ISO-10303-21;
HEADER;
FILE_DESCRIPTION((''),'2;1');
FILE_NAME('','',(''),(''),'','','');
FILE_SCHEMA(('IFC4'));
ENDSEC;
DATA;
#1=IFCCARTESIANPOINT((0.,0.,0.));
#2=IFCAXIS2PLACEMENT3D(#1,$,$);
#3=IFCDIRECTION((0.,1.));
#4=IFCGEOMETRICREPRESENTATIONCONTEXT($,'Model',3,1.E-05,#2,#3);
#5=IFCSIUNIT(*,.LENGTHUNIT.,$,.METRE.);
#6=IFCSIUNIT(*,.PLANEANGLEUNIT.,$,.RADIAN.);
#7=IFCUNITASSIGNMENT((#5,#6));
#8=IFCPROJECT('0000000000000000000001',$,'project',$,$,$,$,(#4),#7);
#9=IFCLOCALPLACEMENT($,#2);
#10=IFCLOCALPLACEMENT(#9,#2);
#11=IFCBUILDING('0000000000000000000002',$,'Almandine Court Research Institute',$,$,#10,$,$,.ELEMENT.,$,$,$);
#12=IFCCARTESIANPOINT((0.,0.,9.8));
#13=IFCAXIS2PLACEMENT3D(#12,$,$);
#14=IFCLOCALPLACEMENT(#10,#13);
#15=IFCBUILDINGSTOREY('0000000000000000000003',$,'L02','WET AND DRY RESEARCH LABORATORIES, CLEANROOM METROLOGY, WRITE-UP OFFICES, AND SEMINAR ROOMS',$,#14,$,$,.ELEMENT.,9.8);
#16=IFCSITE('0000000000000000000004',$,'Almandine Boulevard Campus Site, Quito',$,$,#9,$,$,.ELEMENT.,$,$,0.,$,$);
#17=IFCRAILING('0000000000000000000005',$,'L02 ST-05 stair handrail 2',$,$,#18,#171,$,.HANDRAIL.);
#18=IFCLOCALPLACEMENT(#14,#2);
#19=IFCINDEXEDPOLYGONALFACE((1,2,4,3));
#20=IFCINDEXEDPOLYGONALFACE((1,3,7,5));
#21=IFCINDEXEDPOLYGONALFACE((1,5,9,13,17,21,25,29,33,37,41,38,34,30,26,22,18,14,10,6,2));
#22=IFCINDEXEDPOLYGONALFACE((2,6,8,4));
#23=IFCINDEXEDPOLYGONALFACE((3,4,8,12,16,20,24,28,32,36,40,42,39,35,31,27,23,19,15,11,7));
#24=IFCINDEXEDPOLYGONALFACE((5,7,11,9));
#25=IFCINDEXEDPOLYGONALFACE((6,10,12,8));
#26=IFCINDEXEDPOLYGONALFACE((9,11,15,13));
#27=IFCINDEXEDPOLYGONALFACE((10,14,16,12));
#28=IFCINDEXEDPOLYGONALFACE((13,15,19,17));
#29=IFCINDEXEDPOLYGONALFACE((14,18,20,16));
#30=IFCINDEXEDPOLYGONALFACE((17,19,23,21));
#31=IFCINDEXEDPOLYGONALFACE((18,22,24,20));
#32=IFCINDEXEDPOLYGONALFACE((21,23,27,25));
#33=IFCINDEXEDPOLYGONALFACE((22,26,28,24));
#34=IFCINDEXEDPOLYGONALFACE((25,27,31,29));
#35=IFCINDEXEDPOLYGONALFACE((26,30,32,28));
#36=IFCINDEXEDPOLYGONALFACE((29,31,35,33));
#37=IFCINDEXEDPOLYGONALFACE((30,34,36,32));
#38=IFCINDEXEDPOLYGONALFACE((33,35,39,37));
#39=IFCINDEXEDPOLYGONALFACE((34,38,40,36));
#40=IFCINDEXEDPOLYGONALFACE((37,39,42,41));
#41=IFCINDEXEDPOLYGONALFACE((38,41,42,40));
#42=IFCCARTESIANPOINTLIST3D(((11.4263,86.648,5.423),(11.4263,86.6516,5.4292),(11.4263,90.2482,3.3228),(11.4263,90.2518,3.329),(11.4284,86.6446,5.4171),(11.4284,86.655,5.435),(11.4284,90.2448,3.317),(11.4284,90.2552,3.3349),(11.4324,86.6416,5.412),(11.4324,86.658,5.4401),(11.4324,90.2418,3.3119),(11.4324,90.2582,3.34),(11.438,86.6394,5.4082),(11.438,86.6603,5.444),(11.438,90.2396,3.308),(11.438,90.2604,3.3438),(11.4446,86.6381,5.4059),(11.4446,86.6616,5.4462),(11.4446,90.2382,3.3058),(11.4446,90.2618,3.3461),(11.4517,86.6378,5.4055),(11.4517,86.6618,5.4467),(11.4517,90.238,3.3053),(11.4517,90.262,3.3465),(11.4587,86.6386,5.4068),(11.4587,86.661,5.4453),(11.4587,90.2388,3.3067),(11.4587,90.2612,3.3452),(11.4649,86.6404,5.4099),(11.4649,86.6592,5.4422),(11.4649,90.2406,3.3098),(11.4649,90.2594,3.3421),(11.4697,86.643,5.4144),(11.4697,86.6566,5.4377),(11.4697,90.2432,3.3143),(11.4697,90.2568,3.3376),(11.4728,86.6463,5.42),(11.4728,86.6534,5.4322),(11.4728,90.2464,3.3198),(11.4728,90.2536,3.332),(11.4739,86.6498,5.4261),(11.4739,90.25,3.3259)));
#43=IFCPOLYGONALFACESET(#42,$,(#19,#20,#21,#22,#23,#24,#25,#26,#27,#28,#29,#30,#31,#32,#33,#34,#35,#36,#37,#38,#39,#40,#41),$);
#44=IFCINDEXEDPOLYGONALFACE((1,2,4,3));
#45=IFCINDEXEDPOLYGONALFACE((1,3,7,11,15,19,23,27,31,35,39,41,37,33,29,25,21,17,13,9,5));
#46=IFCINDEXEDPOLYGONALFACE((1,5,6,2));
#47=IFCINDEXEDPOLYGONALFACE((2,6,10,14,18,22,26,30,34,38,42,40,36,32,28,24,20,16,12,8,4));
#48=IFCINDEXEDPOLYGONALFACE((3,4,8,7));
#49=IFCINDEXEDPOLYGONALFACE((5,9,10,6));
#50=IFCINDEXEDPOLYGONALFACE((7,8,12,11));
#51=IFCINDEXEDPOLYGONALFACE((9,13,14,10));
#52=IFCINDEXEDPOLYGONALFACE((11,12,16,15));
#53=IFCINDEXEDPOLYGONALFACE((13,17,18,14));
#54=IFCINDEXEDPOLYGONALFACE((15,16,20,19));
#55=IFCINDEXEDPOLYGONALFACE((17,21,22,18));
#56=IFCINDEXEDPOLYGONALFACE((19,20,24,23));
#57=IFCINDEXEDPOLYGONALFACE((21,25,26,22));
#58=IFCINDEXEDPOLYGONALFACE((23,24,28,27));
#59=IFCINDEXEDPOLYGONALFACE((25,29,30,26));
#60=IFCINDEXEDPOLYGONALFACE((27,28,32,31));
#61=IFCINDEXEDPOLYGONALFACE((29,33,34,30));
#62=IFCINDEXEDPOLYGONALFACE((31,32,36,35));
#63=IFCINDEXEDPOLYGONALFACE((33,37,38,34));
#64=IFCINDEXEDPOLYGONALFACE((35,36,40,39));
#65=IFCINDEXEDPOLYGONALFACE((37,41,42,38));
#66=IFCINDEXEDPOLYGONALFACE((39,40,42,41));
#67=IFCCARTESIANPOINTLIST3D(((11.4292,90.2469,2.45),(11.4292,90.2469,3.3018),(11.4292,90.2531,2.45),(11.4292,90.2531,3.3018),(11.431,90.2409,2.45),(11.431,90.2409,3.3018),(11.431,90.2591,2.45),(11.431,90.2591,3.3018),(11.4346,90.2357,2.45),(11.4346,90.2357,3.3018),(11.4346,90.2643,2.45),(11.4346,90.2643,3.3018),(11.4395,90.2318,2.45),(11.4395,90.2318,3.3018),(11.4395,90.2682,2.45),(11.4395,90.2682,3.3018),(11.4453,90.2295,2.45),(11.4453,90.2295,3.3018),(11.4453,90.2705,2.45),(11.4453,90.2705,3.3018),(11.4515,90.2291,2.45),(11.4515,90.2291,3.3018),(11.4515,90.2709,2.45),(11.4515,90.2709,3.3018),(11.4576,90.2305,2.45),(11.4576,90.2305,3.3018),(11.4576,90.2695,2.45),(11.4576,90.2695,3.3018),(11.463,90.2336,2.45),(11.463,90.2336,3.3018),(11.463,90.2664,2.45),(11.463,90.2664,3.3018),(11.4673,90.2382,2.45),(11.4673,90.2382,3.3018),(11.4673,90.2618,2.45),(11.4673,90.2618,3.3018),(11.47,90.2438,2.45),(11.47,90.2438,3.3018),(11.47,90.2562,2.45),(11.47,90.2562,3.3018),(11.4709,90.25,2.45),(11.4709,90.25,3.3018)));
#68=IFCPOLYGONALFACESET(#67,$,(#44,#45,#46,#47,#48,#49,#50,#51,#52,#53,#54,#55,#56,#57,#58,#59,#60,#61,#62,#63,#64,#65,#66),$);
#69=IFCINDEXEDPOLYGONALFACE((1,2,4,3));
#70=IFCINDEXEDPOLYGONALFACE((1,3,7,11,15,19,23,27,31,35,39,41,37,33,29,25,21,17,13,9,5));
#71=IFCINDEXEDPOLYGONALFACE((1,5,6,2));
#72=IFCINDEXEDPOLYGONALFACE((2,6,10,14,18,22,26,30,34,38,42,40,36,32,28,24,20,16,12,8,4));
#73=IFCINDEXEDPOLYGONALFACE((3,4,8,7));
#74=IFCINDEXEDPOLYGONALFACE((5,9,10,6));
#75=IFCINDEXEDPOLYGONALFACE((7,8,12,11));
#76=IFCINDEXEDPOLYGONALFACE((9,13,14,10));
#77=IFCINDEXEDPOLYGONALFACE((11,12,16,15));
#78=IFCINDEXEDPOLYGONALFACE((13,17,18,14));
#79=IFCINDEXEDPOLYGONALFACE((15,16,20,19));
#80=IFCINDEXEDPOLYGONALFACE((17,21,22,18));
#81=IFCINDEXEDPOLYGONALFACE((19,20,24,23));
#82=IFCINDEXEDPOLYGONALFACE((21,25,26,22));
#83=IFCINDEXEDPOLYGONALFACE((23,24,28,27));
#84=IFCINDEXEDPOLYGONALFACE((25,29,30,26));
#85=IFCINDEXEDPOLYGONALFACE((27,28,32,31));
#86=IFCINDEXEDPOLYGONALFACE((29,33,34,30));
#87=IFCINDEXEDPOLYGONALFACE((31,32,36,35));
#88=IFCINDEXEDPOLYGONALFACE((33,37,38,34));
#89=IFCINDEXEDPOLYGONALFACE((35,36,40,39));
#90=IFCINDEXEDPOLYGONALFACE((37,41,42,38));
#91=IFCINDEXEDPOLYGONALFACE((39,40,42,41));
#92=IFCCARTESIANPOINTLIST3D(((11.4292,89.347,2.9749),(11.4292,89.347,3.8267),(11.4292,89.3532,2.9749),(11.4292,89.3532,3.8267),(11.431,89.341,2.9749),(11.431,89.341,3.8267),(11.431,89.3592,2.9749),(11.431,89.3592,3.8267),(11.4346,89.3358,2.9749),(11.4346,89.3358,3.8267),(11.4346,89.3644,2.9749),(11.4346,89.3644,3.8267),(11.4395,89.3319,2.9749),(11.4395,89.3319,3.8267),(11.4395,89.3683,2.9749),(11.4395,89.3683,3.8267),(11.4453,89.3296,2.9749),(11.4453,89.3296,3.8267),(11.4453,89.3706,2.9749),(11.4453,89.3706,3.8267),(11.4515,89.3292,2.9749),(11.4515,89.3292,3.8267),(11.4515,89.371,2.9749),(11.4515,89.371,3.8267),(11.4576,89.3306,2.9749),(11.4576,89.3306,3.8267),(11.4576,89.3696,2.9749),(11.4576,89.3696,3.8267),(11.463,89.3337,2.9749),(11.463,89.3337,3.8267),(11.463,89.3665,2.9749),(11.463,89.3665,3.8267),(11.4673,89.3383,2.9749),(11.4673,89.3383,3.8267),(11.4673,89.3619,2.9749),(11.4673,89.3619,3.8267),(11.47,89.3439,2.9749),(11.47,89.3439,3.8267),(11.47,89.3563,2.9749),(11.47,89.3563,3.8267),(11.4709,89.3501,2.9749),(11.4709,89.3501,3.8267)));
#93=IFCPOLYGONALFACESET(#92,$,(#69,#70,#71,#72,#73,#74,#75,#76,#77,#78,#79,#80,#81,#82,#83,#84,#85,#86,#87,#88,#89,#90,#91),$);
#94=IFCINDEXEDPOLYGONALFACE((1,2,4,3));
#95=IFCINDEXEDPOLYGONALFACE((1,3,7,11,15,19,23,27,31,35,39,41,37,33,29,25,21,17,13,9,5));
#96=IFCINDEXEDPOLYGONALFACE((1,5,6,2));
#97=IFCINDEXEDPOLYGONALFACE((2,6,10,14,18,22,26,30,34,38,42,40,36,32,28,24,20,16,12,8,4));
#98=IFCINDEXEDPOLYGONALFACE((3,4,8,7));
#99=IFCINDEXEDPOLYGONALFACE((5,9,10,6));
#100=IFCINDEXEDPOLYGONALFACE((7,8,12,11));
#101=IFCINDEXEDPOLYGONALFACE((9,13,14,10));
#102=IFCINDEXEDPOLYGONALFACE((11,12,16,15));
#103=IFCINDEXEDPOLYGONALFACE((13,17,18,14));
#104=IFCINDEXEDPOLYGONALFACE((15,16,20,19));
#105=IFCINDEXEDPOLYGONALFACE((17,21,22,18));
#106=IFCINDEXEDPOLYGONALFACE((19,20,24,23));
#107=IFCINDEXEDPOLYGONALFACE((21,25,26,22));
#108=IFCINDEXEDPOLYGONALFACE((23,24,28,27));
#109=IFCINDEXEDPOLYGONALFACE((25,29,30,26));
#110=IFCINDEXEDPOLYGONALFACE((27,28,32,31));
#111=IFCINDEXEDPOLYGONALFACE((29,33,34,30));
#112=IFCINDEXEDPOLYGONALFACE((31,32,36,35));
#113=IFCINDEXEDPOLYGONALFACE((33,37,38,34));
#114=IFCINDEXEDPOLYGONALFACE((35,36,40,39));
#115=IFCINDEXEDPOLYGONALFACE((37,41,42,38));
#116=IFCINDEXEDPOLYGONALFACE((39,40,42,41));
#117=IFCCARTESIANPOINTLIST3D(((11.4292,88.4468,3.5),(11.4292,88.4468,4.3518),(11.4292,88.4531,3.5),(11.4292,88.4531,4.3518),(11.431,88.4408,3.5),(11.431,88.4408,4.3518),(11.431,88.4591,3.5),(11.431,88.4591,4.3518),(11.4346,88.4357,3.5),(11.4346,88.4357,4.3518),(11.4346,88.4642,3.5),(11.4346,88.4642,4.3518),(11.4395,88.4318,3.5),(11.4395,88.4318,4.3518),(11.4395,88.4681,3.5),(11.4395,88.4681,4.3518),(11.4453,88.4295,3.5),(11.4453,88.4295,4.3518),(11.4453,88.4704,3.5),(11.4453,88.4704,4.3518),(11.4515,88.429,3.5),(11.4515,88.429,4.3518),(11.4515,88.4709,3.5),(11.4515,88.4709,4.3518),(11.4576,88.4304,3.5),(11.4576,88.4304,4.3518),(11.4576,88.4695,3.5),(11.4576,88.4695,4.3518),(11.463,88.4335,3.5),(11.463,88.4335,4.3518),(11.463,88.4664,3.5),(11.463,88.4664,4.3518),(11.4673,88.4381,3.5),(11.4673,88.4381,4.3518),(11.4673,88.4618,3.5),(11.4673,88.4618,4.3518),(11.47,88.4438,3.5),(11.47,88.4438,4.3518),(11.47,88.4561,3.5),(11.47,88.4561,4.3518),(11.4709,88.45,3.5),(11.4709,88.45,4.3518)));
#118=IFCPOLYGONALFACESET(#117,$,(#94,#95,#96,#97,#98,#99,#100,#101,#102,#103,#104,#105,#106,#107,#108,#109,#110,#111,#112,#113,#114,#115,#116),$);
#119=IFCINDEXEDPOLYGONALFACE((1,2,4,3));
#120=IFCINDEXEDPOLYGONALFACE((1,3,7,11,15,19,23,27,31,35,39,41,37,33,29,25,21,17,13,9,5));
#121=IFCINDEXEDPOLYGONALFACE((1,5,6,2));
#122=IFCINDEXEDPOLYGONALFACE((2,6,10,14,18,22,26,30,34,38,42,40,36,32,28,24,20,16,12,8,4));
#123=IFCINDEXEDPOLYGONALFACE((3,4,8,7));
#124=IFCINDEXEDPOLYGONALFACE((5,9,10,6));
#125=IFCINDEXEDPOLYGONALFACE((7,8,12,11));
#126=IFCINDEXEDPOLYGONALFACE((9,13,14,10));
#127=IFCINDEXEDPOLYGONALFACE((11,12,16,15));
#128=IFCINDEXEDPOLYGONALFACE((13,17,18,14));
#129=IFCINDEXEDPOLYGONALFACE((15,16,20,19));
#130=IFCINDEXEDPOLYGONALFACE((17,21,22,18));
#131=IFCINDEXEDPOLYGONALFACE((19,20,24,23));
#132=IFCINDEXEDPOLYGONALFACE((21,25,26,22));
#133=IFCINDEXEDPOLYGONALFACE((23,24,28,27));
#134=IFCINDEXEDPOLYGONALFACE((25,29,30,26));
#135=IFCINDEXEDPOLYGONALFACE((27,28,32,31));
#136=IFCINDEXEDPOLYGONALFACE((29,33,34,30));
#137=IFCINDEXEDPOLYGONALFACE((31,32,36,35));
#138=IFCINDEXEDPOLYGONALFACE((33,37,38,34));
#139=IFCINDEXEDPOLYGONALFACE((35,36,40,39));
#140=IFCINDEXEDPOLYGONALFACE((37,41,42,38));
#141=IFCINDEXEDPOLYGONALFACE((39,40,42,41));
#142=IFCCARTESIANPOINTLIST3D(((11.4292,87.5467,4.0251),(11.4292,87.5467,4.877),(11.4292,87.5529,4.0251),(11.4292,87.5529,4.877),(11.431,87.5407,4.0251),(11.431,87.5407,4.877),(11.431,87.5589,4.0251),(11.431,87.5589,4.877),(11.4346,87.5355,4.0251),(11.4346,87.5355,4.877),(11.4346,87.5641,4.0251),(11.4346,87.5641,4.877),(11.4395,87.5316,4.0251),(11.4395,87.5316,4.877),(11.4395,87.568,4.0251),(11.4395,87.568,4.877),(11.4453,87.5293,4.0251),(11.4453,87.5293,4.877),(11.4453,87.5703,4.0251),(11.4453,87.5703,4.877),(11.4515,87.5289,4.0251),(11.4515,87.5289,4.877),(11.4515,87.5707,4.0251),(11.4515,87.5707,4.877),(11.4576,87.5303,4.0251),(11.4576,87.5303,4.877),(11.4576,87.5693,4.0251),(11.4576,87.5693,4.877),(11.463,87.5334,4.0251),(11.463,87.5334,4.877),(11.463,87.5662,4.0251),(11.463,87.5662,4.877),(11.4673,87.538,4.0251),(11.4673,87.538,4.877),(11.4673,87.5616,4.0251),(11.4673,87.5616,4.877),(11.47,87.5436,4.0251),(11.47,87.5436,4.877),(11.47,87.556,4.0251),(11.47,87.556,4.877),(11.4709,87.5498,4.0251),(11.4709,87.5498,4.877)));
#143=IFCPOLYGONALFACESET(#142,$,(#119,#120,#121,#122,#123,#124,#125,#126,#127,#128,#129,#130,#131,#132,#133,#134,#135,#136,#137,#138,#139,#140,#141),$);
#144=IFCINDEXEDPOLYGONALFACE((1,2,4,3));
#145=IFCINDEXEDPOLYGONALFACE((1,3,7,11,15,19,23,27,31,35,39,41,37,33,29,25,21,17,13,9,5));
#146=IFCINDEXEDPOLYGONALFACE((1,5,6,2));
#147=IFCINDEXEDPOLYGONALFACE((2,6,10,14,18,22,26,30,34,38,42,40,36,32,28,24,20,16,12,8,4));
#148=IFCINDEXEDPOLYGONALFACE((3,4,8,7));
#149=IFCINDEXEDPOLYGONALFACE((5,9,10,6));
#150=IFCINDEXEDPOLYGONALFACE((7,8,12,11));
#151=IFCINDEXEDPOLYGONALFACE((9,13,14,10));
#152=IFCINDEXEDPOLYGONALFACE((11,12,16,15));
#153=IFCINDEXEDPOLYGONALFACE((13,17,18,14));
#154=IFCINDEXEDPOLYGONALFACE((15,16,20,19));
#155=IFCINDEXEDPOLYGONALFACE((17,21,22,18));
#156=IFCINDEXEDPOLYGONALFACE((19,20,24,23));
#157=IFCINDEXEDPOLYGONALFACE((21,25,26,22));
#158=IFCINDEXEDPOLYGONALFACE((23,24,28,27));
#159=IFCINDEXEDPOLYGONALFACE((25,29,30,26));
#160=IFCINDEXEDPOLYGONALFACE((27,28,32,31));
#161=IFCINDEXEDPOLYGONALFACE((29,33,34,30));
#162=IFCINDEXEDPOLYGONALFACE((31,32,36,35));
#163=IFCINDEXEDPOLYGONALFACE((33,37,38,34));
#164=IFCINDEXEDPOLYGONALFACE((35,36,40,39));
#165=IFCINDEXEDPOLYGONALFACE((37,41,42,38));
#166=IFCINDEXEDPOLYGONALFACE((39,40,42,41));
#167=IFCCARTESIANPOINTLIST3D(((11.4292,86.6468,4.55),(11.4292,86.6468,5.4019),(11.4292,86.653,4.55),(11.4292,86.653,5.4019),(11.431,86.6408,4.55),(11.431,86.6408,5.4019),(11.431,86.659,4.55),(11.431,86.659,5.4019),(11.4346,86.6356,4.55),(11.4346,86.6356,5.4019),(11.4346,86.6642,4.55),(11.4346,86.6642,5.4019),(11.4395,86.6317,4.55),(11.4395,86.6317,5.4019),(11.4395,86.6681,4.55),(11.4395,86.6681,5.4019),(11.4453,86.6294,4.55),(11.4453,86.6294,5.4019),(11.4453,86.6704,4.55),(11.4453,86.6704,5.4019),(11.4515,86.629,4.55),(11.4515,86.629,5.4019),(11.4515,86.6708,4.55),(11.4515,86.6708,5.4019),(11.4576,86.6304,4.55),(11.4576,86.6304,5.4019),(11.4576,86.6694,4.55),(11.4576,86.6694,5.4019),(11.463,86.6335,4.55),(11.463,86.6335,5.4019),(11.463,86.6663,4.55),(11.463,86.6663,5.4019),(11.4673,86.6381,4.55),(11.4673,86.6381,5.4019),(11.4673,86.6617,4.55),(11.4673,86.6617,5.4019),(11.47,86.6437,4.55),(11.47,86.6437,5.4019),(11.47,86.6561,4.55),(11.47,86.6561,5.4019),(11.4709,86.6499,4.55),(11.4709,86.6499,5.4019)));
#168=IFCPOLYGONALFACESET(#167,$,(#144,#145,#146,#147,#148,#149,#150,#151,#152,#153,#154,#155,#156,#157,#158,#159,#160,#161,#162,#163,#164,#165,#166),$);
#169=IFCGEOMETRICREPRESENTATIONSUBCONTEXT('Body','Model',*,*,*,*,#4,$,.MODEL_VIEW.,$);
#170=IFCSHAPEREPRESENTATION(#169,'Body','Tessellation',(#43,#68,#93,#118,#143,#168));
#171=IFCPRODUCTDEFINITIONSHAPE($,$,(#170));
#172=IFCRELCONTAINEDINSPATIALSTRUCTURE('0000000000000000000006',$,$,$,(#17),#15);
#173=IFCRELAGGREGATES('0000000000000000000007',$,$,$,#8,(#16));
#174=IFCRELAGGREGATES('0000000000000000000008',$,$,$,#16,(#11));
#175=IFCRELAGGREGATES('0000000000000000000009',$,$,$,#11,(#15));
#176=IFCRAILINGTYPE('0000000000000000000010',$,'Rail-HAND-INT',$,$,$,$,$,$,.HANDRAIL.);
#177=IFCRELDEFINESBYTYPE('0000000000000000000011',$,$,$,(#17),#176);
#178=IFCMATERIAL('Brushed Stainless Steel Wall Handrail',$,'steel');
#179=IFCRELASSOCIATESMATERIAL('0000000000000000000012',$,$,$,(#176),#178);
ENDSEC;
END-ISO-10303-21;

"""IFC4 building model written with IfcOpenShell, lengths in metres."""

from ifc_helpers import new_model, si_unit, direction, frame, origin, origin_2d, place, context, subcontext, project, spatial, circle, extrude, material, type_object, element, save


model = new_model("IFC4")

# Units and contexts
model_context = context("Model", 3, precision=1e-05, world=origin(), true_north=direction((0.0, 1.0)))
body_context = subcontext(model_context, "Body", "Model", "MODEL_VIEW")
ifc_project = project(units=[si_unit("LENGTHUNIT", "METRE"), si_unit("PLANEANGLEUNIT", "RADIAN")], contexts=[model_context])

# Site, building, storey
site_placement = place(None, origin())
site = spatial("IfcSite", under=ifc_project, at=site_placement, Name="Almandine Boulevard Campus Site, Quito", CompositionType="ELEMENT", RefElevation=0.0)
building_placement = place(site_placement, origin())
building = spatial("IfcBuilding", under=site, at=building_placement, Name="Almandine Court Research Institute", CompositionType="ELEMENT")
storey_placement = place(building_placement, frame((0.0, 0.0, 9.8)))
storey = spatial("IfcBuildingStorey", under=building, at=storey_placement, Name="L02", Description="WET AND DRY RESEARCH LABORATORIES, CLEANROOM METROLOGY, WRITE-UP OFFICES, AND SEMINAR ROOMS", CompositionType="ELEMENT", Elevation=9.8)

# Railing
ifc_material_1 = material(Name="Brushed Stainless Steel Wall Handrail", Category="steel")
railing_type = type_object("IfcRailingType", Name="Rail-HAND-INT", PredefinedType="HANDRAIL", material=ifc_material_1)
railing_placement = place(storey_placement, frame((11.45, 90.25, 2.45)))
element("IfcRailing", 1, at=railing_placement, inside=storey, type_object=railing_type, Name="L02 ST-05 stair handrail 2", PredefinedType="HANDRAIL", context=body_context, shape_type="SweptSolid", body=[
    extrude(circle(Radius=0.0239, at=origin_2d()), frame((0.0, 0.0, 0.876), z_axis=(0.0, -0.863775, 0.503878), x_axis=(1.0, 0.0, 0.0)), (0.0, 0.0, 1.0), 4.168),
    extrude(circle(Radius=0.021, at=origin_2d()), origin(), (0.0, 0.0, 1.0), 0.8518),
    extrude(circle(Radius=0.021, at=origin_2d()), frame((0.0, -0.8999, 0.5249)), (0.0, 0.0, 1.0), 0.8518),
    extrude(circle(Radius=0.021, at=origin_2d()), frame((0.0, -1.8, 1.05)), (0.0, 0.0, 1.0), 0.8518),
    extrude(circle(Radius=0.021, at=origin_2d()), frame((0.0, -2.7002, 1.5752)), (0.0, 0.0, 1.0), 0.8518),
    extrude(circle(Radius=0.021, at=origin_2d()), frame((0.0, -3.6001, 2.1001)), (0.0, 0.0, 1.0), 0.8518),
])

save(model, "model.ifc")
